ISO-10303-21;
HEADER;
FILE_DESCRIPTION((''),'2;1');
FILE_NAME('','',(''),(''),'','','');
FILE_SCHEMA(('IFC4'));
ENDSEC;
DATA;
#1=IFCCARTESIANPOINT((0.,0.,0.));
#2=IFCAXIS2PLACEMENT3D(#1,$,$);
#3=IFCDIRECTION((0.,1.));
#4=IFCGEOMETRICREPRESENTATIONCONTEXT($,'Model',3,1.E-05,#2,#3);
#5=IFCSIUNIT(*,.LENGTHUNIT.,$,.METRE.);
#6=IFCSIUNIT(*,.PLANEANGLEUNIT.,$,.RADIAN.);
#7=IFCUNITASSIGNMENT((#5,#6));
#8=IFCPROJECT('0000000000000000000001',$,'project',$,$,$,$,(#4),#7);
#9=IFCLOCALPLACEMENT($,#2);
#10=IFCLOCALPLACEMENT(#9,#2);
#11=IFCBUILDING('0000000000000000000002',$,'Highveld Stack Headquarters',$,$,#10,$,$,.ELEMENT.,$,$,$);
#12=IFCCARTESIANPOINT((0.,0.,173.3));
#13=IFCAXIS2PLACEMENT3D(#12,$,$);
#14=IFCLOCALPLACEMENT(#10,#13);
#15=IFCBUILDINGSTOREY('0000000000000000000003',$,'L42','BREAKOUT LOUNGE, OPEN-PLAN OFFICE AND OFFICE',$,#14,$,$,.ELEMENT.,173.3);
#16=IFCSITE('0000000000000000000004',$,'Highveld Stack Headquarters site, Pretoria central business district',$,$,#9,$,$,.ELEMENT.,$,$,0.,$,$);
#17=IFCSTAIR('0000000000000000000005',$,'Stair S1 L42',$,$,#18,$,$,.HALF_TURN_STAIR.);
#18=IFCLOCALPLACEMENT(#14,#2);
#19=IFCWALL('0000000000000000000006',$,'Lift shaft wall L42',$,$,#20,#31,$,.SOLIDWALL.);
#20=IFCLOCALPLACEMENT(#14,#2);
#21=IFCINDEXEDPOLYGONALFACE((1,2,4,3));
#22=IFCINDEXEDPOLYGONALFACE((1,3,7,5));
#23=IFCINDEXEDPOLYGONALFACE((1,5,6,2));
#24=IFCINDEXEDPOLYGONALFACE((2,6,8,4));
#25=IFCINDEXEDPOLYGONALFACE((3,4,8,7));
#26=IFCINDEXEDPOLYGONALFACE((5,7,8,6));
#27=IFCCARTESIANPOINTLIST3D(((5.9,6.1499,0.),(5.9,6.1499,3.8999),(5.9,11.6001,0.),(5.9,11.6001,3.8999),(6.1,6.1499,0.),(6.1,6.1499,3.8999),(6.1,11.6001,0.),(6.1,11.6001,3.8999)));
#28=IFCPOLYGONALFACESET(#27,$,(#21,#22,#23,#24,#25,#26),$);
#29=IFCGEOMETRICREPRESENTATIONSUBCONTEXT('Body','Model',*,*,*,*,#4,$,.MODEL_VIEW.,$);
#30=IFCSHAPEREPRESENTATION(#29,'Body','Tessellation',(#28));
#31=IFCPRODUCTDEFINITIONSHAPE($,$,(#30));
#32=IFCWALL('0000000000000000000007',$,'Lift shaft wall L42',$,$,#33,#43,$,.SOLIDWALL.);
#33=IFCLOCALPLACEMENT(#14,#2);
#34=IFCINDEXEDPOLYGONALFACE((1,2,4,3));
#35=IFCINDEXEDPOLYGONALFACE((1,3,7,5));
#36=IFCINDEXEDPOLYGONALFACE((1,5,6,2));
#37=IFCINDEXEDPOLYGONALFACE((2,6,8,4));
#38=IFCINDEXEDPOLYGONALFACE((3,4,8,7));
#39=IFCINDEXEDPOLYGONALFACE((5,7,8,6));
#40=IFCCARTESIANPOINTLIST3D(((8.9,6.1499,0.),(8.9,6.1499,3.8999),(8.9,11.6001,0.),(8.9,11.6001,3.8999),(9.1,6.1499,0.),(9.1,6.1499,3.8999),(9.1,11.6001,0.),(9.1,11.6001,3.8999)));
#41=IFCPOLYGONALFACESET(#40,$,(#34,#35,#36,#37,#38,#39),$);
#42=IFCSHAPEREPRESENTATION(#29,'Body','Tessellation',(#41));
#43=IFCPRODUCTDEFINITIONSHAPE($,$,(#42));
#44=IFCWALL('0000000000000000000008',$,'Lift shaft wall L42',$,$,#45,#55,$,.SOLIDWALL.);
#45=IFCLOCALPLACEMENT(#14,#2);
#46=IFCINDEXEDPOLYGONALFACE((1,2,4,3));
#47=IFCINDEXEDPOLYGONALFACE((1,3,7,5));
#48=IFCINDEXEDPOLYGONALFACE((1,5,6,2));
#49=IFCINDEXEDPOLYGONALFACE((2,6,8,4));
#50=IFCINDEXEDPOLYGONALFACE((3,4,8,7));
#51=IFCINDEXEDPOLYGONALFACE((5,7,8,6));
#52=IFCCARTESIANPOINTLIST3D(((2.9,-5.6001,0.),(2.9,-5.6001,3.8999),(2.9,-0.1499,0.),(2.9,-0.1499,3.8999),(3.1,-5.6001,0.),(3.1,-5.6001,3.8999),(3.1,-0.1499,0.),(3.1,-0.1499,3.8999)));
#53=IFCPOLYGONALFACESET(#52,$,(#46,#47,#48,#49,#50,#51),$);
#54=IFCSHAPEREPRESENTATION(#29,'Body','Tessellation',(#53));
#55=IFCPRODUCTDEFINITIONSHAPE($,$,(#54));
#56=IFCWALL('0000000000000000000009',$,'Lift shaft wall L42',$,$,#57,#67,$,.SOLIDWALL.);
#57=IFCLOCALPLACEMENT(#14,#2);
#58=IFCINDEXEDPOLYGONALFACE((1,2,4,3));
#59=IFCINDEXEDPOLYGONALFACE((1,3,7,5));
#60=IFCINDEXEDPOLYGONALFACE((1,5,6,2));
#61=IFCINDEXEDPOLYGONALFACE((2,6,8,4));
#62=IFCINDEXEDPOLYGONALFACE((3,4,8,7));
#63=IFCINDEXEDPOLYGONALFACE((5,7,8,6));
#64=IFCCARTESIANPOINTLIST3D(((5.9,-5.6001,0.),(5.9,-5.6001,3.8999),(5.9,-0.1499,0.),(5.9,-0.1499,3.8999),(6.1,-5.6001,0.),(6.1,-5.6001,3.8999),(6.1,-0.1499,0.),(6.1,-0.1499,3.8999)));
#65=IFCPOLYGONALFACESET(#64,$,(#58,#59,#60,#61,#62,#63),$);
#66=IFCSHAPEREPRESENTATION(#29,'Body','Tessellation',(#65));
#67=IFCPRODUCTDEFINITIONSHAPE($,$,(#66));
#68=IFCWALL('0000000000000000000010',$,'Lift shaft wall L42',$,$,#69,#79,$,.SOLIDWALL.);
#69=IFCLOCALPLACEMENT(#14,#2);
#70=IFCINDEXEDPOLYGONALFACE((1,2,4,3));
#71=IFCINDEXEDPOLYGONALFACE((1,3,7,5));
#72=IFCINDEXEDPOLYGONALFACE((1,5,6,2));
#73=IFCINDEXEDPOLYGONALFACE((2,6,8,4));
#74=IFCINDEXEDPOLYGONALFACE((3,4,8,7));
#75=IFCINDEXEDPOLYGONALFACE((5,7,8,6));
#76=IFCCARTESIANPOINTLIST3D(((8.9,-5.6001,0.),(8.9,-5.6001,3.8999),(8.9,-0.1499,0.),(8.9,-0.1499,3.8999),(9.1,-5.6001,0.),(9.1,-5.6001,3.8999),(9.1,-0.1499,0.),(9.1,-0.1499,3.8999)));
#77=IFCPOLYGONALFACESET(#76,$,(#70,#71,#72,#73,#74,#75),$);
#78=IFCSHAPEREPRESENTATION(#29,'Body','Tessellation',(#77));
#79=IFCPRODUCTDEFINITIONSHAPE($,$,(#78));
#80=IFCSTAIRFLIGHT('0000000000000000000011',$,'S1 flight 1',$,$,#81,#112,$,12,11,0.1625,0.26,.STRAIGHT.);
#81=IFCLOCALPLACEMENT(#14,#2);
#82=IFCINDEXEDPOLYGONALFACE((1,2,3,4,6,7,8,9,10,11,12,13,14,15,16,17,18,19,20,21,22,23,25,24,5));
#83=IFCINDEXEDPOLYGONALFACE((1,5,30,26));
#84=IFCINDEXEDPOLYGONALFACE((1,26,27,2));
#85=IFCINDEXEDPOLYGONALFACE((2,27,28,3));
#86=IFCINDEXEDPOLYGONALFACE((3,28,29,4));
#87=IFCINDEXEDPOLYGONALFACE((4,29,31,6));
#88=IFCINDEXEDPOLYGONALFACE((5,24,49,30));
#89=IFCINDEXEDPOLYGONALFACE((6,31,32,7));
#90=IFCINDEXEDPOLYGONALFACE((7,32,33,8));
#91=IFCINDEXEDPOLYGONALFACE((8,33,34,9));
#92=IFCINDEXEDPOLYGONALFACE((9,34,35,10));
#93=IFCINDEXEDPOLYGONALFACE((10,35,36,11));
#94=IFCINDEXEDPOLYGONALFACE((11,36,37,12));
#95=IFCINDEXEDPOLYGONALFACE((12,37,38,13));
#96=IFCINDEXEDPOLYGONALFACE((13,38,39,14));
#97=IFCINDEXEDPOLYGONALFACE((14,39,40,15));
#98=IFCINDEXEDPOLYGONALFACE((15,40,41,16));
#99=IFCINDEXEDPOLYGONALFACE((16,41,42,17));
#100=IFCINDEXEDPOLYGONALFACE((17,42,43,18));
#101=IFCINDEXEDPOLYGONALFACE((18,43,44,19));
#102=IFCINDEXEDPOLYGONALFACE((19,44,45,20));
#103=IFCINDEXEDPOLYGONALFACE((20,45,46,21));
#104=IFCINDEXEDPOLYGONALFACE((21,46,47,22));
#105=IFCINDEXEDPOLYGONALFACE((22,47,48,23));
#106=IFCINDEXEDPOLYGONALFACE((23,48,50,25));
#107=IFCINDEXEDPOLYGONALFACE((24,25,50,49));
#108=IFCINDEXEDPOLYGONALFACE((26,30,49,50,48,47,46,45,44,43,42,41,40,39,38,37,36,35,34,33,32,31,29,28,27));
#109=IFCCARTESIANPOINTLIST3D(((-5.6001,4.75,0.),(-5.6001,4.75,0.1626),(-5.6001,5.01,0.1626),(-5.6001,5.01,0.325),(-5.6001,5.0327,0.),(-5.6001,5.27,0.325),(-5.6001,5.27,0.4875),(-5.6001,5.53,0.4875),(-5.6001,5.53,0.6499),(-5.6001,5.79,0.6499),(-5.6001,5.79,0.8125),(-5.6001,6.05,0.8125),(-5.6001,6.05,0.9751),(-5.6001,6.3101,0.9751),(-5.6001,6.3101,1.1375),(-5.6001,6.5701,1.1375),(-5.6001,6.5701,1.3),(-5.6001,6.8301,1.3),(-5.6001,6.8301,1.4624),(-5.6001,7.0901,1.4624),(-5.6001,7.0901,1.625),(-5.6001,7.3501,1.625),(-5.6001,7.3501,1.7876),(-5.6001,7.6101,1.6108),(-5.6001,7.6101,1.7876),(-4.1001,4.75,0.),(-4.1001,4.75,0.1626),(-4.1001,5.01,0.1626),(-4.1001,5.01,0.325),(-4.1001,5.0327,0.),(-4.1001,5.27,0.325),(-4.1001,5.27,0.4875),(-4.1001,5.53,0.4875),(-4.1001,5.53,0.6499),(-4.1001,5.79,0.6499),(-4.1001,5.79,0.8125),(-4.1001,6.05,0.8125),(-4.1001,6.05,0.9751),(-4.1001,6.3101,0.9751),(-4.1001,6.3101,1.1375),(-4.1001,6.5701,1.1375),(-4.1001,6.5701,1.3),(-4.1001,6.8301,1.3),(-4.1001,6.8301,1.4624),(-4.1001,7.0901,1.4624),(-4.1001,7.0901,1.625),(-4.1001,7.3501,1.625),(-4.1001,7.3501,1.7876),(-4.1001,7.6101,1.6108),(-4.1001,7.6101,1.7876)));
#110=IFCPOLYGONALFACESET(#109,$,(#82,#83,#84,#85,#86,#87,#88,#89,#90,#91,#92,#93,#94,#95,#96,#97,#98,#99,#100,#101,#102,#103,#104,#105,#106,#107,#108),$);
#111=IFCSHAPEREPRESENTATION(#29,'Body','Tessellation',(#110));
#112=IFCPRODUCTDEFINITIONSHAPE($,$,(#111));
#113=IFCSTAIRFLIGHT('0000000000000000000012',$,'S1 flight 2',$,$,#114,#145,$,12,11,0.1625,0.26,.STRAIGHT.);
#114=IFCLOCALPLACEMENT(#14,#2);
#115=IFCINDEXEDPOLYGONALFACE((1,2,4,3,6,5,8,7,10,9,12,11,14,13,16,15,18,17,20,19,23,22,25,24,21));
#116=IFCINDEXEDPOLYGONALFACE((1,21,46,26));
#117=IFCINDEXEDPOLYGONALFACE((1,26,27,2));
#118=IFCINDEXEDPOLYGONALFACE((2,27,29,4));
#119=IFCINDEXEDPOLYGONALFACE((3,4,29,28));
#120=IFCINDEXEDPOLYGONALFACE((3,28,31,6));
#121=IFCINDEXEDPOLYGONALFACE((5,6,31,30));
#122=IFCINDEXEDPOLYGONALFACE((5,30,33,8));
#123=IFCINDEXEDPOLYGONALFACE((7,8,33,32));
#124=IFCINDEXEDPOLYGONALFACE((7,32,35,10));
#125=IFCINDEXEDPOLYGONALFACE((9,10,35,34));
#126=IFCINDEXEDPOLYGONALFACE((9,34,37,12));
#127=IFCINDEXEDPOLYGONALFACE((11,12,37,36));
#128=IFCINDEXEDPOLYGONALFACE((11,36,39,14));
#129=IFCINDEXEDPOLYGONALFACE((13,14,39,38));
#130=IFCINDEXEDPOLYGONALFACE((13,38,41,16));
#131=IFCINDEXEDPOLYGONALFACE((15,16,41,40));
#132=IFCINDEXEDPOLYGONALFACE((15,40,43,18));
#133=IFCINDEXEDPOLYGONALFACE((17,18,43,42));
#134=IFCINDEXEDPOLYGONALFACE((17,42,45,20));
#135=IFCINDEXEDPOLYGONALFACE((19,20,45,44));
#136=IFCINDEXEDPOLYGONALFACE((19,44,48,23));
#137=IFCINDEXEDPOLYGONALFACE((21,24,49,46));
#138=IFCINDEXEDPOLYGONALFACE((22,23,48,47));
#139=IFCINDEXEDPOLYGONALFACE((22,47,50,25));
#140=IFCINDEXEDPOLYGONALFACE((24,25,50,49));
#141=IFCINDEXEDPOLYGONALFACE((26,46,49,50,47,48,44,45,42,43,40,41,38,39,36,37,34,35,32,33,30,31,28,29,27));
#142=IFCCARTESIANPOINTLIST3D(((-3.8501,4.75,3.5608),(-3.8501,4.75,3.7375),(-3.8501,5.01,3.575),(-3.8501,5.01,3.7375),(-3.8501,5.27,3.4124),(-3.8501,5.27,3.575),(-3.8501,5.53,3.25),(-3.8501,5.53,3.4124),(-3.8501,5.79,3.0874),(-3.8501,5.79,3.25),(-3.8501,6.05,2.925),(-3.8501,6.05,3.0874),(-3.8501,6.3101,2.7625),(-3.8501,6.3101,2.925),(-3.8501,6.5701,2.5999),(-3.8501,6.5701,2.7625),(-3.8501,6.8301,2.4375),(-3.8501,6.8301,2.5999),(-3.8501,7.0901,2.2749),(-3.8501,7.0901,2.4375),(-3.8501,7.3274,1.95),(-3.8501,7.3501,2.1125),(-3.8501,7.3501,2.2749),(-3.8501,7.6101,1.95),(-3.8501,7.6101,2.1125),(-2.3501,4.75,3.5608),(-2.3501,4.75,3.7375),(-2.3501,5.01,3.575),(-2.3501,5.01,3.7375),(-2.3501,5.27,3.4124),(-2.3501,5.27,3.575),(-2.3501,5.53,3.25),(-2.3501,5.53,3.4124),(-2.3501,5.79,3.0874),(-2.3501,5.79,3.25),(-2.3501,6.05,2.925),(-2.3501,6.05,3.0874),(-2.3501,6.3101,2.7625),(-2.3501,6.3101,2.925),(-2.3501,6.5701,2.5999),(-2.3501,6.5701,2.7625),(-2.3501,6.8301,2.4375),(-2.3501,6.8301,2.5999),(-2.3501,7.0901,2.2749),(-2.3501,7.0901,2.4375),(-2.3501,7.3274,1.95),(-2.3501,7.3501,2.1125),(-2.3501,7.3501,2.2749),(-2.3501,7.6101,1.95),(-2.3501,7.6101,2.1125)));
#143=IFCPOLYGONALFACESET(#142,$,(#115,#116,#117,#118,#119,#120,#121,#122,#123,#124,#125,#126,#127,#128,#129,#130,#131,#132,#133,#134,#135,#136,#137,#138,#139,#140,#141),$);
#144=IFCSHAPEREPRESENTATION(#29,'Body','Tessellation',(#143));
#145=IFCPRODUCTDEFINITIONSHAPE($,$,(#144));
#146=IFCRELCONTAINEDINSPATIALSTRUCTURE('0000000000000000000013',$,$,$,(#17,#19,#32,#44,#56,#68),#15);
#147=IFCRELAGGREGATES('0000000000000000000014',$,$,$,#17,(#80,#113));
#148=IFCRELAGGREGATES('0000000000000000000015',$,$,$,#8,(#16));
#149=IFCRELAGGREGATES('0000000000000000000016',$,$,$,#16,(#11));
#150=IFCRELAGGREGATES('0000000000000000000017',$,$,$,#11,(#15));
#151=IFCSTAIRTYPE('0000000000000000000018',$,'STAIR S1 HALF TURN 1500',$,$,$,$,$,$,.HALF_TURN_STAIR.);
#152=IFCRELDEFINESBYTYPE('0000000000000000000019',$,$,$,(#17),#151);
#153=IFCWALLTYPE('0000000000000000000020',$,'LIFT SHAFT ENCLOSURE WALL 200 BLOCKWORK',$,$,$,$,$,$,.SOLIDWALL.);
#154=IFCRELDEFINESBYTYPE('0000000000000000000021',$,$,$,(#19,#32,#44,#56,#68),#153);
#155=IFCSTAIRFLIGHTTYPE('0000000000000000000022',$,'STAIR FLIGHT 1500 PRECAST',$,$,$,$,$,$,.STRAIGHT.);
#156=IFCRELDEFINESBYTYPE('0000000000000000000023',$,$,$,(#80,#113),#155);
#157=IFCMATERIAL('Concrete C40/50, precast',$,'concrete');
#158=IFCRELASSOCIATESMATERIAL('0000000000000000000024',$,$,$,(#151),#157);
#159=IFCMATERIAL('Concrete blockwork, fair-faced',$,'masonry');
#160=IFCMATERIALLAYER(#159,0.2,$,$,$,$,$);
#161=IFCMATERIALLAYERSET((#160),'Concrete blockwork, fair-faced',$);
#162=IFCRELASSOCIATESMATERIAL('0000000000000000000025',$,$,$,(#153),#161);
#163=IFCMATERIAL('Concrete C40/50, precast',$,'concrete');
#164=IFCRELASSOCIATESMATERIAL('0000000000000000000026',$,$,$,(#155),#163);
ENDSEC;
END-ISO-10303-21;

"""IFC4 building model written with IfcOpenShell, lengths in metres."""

from ifc_helpers import new_model, si_unit, direction, frame, frame_2d, origin, place, context, subcontext, project, spatial, polyline, rectangle, outline, extrude, material, layer, layer_set, type_object, element, aggregate, save


model = new_model("IFC4")

# Units and contexts
model_context = context("Model", 3, precision=1e-05, world=origin(), true_north=direction((0.0, 1.0)))
body_context = subcontext(model_context, "Body", "Model", "MODEL_VIEW")
ifc_project = project(units=[si_unit("LENGTHUNIT", "METRE"), si_unit("PLANEANGLEUNIT", "RADIAN")], contexts=[model_context])

# Site, building, storey
site_placement = place(None, origin())
site = spatial("IfcSite", under=ifc_project, at=site_placement, Name="Highveld Stack Headquarters site, Pretoria central business district", CompositionType="ELEMENT", RefElevation=0.0)
building_placement = place(site_placement, origin())
building = spatial("IfcBuilding", under=site, at=building_placement, Name="Highveld Stack Headquarters", CompositionType="ELEMENT")
storey_placement = place(building_placement, frame((0.0, 0.0, 173.3)))
storey = spatial("IfcBuildingStorey", under=building, at=storey_placement, Name="L42", Description="BREAKOUT LOUNGE, OPEN-PLAN OFFICE AND OFFICE", CompositionType="ELEMENT", Elevation=173.3)

# Stair
ifc_material_1 = material(Name="Concrete C40/50, precast", Category="concrete")
stair_type_1 = type_object("IfcStairType", Name="STAIR S1 HALF TURN 1500", PredefinedType="HALF_TURN_STAIR", material=ifc_material_1)
stair_1_placement = place(storey_placement, origin())
stair_1 = element("IfcStair", 1, at=stair_1_placement, inside=storey, type_object=stair_type_1, Name="Stair S1 L42", PredefinedType="HALF_TURN_STAIR")

# Walls
ifc_material_2 = material(Name="Concrete blockwork, fair-faced", Category="masonry")
ifc_layer_1 = layer(ifc_material_2, 0.2)
ifc_layer_set_1 = layer_set([ifc_layer_1], Name="Concrete blockwork, fair-faced")
wall_type_1 = type_object("IfcWallType", Name="LIFT SHAFT ENCLOSURE WALL 200 BLOCKWORK", PredefinedType="SOLIDWALL", material=ifc_layer_set_1)
for number, where, z_axis, x_axis, name in (
    (2, (6.0, 6.1499, 0.0), (0.0, 0.0, 1.0), (0.0, 1.0, 0.0), "Lift shaft wall L42"),
    (3, (9.0, 6.1499, 0.0), (0.0, 0.0, 1.0), (0.0, 1.0, 0.0), "Lift shaft wall L42"),
    (4, (3.0, -5.6001, 0.0), (0.0, 0.0, 1.0), (0.0, 1.0, 0.0), "Lift shaft wall L42"),
    (5, (6.0, -5.6001, 0.0), (0.0, 0.0, 1.0), (0.0, 1.0, 0.0), "Lift shaft wall L42"),
    (6, (9.0, -5.6001, 0.0), (0.0, 0.0, 1.0), (0.0, 1.0, 0.0), "Lift shaft wall L42"),
):
    element("IfcWall", number, at=place(storey_placement, frame(where, z_axis=z_axis, x_axis=x_axis)), inside=storey, type_object=wall_type_1, Name=name, PredefinedType="SOLIDWALL", context=body_context, shape_type="SweptSolid", body=[
        extrude(rectangle(XDim=5.4502, YDim=0.2, at=frame_2d((2.7251, 0.0))), origin(), (0.0, 0.0, 1.0), 3.8999),
    ])

# Stair flights
ifc_material_3 = material(Name="Concrete C40/50, precast", Category="concrete")
stair_flight_type = type_object("IfcStairFlightType", Name="STAIR FLIGHT 1500 PRECAST", PredefinedType="STRAIGHT", material=ifc_material_3)
stair_flight_1_placement = place(storey_placement, frame((-4.8501, 4.75, 0.0), z_axis=(0.0, 0.0, 1.0), x_axis=(0.0, 1.0, 0.0)))
stair_flight_1 = element("IfcStairFlight", 7, at=stair_flight_1_placement, type_object=stair_flight_type, Name="S1 flight 1", NumberOfRisers=12, NumberOfTreads=11, PredefinedType="STRAIGHT", RiserHeight=0.1625, TreadLength=0.26, context=body_context, shape_type="SweptSolid", body=[
    extrude(outline(polyline([(0.0, 0.0), (0.0, 0.1626), (0.26, 0.1626), (0.26, 0.325), (0.52, 0.325), (0.52, 0.4875), (0.78, 0.4875), (0.78, 0.6499), (1.04, 0.6499), (1.04, 0.8125), (1.3, 0.8125), (1.3, 0.9751), (1.5601, 0.9751), (1.5601, 1.1375), (1.8201, 1.1375), (1.8201, 1.3), (2.0801, 1.3), (2.0801, 1.4624), (2.3401, 1.4624), (2.3401, 1.625), (2.6001, 1.625), (2.6001, 1.7876), (2.8601, 1.7876), (2.8601, 1.95), (2.8601, 1.6108), (0.2827, 0.0), (0.0, 0.0)])), frame((0.0, 0.75, 0.0), z_axis=(0.0, -1.0, 0.0), x_axis=(1.0, 0.0, 0.0)), (0.0, 0.0, 1.0), 1.5),
])
stair_flight_2_placement = place(storey_placement, frame((-3.1001, 7.6101, 1.95), z_axis=(0.0, 0.0, 1.0), x_axis=(0.0, -1.0, 0.0)))
stair_flight_2 = element("IfcStairFlight", 8, at=stair_flight_2_placement, type_object=stair_flight_type, Name="S1 flight 2", NumberOfRisers=12, NumberOfTreads=11, PredefinedType="STRAIGHT", RiserHeight=0.1625, TreadLength=0.26, context=body_context, shape_type="SweptSolid", body=[
    extrude(outline(polyline([(0.0, 0.0), (0.0, 0.1626), (0.26, 0.1626), (0.26, 0.325), (0.52, 0.325), (0.52, 0.4875), (0.78, 0.4875), (0.78, 0.6499), (1.04, 0.6499), (1.04, 0.8125), (1.3, 0.8125), (1.3, 0.9751), (1.5601, 0.9751), (1.5601, 1.1375), (1.8201, 1.1375), (1.8201, 1.3), (2.0801, 1.3), (2.0801, 1.4624), (2.3401, 1.4624), (2.3401, 1.625), (2.6001, 1.625), (2.6001, 1.7876), (2.8601, 1.7876), (2.8601, 1.95), (2.8601, 1.6108), (0.2827, 0.0), (0.0, 0.0)])), frame((0.0, 0.75, 0.0), z_axis=(0.0, -1.0, 0.0), x_axis=(1.0, 0.0, 0.0)), (0.0, 0.0, 1.0), 1.5),
])
aggregate(stair_1, [stair_flight_1, stair_flight_2])

save(model, "model.ifc")
